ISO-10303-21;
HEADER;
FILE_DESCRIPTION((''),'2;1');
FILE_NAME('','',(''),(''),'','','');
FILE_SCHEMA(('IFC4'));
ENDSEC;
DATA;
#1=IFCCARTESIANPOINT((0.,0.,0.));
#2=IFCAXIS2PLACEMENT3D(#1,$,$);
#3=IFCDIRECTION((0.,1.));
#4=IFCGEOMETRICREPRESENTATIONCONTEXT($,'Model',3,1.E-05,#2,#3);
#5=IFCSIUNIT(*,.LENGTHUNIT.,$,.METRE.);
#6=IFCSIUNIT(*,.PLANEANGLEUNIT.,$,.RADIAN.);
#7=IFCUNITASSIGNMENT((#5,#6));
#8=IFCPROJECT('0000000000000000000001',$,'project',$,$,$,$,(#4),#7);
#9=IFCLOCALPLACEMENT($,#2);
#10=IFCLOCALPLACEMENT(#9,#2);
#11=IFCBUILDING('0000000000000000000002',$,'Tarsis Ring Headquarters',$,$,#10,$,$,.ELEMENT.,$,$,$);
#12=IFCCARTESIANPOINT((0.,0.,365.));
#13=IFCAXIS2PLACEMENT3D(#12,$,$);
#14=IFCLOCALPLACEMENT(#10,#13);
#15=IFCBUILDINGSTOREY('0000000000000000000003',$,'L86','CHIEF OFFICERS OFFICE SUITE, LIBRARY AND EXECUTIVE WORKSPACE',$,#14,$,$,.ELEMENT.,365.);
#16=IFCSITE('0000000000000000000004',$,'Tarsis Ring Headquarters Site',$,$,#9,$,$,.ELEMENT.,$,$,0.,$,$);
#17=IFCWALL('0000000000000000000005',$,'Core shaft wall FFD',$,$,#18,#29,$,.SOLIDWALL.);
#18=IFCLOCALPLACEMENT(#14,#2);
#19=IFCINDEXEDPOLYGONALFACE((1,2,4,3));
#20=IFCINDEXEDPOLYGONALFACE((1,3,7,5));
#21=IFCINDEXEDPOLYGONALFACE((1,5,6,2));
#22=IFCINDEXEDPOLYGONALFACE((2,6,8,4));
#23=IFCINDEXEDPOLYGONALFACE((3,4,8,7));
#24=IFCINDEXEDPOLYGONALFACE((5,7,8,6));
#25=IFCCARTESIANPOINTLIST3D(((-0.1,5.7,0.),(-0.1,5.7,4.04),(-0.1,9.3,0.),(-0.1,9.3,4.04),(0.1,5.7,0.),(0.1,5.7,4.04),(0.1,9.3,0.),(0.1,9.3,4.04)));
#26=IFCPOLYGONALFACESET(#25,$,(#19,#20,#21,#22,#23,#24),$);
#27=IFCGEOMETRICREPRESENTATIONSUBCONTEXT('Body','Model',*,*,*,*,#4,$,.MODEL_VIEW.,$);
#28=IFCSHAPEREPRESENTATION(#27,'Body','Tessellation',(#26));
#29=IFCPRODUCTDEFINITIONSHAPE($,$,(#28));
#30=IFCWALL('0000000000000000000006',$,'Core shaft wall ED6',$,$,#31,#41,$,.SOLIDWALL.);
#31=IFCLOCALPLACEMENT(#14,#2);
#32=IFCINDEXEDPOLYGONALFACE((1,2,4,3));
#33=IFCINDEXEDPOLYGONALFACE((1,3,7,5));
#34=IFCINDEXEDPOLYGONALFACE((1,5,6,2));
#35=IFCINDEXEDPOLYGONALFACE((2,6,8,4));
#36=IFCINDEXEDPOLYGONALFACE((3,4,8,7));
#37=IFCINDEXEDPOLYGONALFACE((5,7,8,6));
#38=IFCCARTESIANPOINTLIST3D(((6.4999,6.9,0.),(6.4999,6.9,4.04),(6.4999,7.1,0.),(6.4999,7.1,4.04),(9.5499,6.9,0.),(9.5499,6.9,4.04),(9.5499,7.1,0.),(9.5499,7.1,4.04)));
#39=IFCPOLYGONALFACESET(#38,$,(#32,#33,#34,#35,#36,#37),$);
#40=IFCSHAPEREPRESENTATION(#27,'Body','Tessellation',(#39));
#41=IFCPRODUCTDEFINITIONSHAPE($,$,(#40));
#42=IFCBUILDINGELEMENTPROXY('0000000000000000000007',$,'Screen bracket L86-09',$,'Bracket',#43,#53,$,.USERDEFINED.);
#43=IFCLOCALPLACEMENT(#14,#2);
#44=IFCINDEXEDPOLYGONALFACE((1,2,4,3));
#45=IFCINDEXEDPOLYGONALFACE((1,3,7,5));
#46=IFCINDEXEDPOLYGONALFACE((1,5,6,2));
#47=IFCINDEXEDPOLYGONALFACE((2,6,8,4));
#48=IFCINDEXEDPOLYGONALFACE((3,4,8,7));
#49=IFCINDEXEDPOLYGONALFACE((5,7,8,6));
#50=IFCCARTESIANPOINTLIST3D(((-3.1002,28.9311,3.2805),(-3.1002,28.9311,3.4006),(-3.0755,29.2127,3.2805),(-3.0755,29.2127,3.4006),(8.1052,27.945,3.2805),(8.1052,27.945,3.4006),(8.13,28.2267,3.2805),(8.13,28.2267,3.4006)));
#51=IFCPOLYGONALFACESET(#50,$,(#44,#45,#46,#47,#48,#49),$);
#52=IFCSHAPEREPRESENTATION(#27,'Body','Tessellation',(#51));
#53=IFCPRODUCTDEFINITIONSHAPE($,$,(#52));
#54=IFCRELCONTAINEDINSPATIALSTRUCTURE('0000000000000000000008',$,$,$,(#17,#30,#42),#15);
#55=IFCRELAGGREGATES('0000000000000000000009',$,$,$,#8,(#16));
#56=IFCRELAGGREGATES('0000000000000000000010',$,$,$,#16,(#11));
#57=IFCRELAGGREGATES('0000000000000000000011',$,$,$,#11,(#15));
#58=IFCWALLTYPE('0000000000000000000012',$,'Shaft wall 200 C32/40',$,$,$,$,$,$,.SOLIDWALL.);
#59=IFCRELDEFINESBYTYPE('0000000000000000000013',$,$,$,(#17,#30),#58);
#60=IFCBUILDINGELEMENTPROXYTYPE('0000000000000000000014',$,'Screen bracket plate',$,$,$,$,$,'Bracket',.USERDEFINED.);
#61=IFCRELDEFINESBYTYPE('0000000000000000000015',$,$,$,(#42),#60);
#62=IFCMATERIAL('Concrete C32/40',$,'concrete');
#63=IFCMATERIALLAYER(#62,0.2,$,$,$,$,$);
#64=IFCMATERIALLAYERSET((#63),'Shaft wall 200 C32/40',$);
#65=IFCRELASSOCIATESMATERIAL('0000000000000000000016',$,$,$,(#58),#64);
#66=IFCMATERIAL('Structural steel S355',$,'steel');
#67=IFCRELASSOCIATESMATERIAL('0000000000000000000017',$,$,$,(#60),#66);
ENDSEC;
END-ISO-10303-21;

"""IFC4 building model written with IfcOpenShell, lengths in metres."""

from ifc_helpers import new_model, si_unit, direction, frame, frame_2d, origin, origin_2d, place, context, subcontext, project, spatial, rectangle, extrude, material, layer, layer_set, type_object, element, save


model = new_model("IFC4")

# Units and contexts
model_context = context("Model", 3, precision=1e-05, world=origin(), true_north=direction((0.0, 1.0)))
body_context = subcontext(model_context, "Body", "Model", "MODEL_VIEW")
ifc_project = project(units=[si_unit("LENGTHUNIT", "METRE"), si_unit("PLANEANGLEUNIT", "RADIAN")], contexts=[model_context])

# Site, building, storey
site_placement = place(None, origin())
site = spatial("IfcSite", under=ifc_project, at=site_placement, Name="Tarsis Ring Headquarters Site", CompositionType="ELEMENT", RefElevation=0.0)
building_placement = place(site_placement, origin())
building = spatial("IfcBuilding", under=site, at=building_placement, Name="Tarsis Ring Headquarters", CompositionType="ELEMENT")
storey_placement = place(building_placement, frame((0.0, 0.0, 365.0)))
storey = spatial("IfcBuildingStorey", under=building, at=storey_placement, Name="L86", Description="CHIEF OFFICERS OFFICE SUITE, LIBRARY AND EXECUTIVE WORKSPACE", CompositionType="ELEMENT", Elevation=365.0)

# Shared definitions
ifc_material_1 = material(Name="Structural steel S355", Category="steel")

# Shared definitions
ifc_material_2 = material(Name="Concrete C32/40", Category="concrete")

# Shared definitions
ifc_layer_1 = layer(ifc_material_2, 0.2)
ifc_layer_set_1 = layer_set([ifc_layer_1], Name="Shaft wall 200 C32/40")
wall_type_1 = type_object("IfcWallType", Name="Shaft wall 200 C32/40", PredefinedType="SOLIDWALL", material=ifc_layer_set_1)

# Walls
wall_1_placement = place(storey_placement, frame((0.0, 5.7, 0.0), z_axis=(0.0, 0.0, 1.0), x_axis=(0.0, 1.0, 0.0)))
element("IfcWall", 1, at=wall_1_placement, inside=storey, type_object=wall_type_1, Name="Core shaft wall FFD", PredefinedType="SOLIDWALL", context=body_context, shape_type="SweptSolid", body=[
    extrude(rectangle(XDim=3.6001, YDim=0.2, at=frame_2d((1.8, 0.0))), origin(), (0.0, 0.0, 1.0), 4.04),
])
wall_2_placement = place(storey_placement, frame((6.5, 7.0, 0.0), z_axis=(0.0, 0.0, 1.0), x_axis=(1.0, 0.0, 0.0)))
element("IfcWall", 2, at=wall_2_placement, inside=storey, type_object=wall_type_1, Name="Core shaft wall ED6", PredefinedType="SOLIDWALL", context=body_context, shape_type="SweptSolid", body=[
    extrude(rectangle(XDim=3.05, YDim=0.2, at=frame_2d((1.5249, 0.0))), origin(), (0.0, 0.0, 1.0), 4.04),
])

# Building element proxy
building_element_proxy_type = type_object("IfcBuildingElementProxyType", Name="Screen bracket plate", ElementType="Bracket", PredefinedType="USERDEFINED", material=ifc_material_1)
proxy_placement = place(storey_placement, frame((2.5149, 28.5789, 3.2805), z_axis=(0.0, 0.0, 1.0), x_axis=(-0.996151, 0.087656, 0.0)))
element("IfcBuildingElementProxy", 3, at=proxy_placement, inside=storey, type_object=building_element_proxy_type, Name="Screen bracket L86-09", ObjectType="Bracket", PredefinedType="USERDEFINED", context=body_context, shape_type="SweptSolid", body=[
    extrude(rectangle(XDim=11.2488, YDim=0.2827, at=origin_2d()), origin(), (0.0, 0.0, 1.0), 0.1201),
])

save(model, "model.ifc")
